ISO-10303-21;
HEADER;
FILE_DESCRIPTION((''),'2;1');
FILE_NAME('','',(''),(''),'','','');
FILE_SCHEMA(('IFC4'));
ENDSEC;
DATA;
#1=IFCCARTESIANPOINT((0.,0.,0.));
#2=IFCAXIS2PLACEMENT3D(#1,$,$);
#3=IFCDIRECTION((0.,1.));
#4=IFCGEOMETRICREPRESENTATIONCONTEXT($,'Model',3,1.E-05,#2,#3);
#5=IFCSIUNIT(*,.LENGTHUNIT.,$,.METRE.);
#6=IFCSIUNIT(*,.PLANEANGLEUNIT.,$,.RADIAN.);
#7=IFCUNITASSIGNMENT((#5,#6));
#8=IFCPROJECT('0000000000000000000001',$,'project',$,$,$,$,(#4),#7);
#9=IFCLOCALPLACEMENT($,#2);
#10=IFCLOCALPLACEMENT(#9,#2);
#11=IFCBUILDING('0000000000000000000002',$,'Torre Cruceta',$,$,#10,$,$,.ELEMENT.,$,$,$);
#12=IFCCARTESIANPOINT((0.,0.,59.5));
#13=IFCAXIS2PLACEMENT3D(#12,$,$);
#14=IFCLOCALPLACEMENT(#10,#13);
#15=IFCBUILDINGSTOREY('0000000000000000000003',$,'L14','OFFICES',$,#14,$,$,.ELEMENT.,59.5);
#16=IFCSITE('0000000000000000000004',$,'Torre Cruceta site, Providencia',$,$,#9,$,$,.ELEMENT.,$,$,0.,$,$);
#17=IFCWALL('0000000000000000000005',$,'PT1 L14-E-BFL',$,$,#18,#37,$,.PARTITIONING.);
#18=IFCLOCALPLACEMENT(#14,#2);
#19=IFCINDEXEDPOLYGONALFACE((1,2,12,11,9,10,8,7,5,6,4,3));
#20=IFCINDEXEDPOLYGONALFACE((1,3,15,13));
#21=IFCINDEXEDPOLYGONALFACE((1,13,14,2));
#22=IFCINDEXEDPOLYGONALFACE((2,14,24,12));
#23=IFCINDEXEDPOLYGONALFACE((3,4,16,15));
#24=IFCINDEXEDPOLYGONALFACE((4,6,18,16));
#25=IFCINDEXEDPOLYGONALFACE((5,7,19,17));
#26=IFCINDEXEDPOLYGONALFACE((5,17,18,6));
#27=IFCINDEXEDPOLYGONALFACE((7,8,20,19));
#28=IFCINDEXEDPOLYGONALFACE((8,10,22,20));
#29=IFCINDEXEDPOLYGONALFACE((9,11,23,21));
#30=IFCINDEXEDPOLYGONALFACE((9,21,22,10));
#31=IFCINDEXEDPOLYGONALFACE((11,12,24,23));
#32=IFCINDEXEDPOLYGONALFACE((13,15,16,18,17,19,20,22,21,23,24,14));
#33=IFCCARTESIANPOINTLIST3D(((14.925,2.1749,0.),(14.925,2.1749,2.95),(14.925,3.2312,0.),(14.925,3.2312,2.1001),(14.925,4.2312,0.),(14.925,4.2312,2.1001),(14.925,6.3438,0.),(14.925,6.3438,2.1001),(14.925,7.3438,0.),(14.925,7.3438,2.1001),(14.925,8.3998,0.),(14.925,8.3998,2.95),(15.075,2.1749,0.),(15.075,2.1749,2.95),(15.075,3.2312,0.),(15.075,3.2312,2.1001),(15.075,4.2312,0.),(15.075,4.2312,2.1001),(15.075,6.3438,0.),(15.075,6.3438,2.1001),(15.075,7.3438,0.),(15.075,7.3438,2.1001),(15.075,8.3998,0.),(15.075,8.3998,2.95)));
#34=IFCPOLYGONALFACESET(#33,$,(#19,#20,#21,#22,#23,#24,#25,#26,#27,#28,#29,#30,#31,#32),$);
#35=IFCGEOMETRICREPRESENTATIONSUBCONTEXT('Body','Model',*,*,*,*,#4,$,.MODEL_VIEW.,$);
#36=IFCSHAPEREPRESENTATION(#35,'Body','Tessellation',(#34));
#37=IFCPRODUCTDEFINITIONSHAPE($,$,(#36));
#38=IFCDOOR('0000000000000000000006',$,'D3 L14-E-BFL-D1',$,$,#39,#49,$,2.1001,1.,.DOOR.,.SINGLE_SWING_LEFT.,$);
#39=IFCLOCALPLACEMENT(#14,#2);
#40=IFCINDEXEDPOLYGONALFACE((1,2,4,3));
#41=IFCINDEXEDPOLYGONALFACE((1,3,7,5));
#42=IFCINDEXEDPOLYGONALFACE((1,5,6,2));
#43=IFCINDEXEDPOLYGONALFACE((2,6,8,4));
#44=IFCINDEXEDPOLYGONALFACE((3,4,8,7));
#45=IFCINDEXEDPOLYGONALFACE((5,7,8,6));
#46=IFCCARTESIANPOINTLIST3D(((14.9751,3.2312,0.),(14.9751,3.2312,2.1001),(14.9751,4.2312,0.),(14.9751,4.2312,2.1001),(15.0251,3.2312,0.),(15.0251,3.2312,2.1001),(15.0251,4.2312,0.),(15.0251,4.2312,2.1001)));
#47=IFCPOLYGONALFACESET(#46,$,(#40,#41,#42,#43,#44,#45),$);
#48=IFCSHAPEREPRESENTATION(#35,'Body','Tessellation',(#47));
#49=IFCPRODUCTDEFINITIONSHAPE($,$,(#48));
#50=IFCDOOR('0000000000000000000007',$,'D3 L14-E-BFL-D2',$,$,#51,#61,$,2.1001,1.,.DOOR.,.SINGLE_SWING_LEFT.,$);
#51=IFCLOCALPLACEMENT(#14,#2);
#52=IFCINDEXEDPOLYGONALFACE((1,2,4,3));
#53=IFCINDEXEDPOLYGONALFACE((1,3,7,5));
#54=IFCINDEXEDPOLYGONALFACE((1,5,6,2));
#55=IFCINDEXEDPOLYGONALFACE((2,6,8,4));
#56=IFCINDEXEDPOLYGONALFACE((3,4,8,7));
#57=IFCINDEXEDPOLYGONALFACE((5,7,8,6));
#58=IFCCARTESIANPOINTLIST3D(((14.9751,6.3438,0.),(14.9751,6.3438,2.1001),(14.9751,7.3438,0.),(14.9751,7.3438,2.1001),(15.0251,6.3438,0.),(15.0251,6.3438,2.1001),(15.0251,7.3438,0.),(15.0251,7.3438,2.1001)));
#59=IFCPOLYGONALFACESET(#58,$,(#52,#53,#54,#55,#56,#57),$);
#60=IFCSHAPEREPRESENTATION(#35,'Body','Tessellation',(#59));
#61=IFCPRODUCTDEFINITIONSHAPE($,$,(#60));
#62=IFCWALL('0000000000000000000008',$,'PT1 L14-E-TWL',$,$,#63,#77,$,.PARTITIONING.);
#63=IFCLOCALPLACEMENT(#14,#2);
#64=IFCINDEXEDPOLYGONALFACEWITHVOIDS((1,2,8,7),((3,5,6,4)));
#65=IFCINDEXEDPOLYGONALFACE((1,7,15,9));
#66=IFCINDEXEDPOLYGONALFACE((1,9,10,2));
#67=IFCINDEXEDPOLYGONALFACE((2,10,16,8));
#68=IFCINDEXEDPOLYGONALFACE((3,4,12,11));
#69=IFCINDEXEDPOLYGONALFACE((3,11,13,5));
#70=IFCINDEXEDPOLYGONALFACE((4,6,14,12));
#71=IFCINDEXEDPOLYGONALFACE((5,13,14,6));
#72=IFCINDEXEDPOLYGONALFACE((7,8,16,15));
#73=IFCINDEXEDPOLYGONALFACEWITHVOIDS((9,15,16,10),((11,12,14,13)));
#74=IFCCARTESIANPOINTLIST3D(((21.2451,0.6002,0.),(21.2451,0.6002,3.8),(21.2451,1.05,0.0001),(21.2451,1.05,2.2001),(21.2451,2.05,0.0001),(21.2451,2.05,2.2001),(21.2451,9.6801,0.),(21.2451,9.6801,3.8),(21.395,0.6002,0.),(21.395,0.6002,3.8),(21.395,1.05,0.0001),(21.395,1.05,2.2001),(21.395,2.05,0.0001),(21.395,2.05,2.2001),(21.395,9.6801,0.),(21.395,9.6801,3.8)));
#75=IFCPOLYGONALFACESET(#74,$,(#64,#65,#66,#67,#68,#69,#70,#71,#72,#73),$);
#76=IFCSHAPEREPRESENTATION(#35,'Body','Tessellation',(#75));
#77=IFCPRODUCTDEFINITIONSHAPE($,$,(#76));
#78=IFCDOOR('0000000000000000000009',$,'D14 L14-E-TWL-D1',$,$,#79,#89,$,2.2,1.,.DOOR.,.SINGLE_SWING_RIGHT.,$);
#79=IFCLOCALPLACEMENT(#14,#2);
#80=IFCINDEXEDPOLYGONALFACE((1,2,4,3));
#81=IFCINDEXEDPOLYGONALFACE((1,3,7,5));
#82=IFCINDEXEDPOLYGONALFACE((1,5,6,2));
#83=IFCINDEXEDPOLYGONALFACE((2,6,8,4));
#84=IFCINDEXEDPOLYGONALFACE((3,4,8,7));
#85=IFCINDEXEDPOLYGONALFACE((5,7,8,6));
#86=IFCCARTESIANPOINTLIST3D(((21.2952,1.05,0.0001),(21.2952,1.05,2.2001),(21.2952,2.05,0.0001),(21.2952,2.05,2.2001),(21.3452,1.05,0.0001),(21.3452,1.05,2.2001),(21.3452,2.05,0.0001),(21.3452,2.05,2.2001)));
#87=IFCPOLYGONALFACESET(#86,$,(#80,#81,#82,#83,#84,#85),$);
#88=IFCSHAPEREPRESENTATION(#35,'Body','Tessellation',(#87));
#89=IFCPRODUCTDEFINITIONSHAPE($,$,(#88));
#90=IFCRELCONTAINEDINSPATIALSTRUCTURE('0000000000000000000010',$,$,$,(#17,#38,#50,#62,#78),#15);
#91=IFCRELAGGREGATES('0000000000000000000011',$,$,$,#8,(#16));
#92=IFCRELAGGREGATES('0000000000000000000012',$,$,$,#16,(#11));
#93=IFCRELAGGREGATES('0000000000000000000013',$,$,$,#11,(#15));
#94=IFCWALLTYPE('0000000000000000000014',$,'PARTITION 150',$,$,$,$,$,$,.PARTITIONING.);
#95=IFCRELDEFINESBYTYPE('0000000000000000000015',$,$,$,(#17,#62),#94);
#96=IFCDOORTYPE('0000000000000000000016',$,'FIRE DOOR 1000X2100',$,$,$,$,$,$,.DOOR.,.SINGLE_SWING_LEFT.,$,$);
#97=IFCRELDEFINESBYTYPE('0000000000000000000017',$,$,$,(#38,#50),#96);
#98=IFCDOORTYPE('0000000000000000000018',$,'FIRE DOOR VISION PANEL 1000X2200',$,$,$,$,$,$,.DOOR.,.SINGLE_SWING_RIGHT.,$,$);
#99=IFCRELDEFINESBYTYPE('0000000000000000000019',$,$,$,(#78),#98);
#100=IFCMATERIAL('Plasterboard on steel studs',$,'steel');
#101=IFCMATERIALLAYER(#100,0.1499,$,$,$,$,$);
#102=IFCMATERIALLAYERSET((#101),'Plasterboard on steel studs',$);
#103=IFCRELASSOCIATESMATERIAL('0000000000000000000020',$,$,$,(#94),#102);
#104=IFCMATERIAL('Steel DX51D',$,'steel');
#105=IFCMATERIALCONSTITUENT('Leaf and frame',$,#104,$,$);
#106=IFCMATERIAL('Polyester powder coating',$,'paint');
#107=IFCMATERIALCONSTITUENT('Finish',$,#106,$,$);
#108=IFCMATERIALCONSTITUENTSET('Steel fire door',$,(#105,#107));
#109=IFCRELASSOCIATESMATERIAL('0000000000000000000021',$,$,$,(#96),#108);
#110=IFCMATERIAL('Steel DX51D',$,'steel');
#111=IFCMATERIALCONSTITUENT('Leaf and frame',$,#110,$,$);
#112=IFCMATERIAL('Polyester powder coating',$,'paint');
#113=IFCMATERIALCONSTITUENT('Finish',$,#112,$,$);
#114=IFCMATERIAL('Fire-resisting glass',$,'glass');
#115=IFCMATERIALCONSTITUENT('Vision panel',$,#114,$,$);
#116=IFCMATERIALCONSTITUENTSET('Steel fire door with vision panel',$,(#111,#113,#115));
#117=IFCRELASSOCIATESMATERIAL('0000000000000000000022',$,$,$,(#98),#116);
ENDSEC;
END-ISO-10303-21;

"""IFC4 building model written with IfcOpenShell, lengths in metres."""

from ifc_helpers import new_model, si_unit, direction, frame, frame_2d, origin, place, context, subcontext, project, spatial, rectangle, extrude, material, layer, layer_set, constituent, constituent_set, type_object, element, fill, save


model = new_model("IFC4")

# Units and contexts
model_context = context("Model", 3, precision=1e-05, world=origin(), true_north=direction((0.0, 1.0)))
body_context = subcontext(model_context, "Body", "Model", "MODEL_VIEW")
ifc_project = project(units=[si_unit("LENGTHUNIT", "METRE"), si_unit("PLANEANGLEUNIT", "RADIAN")], contexts=[model_context])

# Site, building, storey
site_placement = place(None, origin())
site = spatial("IfcSite", under=ifc_project, at=site_placement, Name="Torre Cruceta site, Providencia", CompositionType="ELEMENT", RefElevation=0.0)
building_placement = place(site_placement, origin())
building = spatial("IfcBuilding", under=site, at=building_placement, Name="Torre Cruceta", CompositionType="ELEMENT")
storey_placement = place(building_placement, frame((0.0, 0.0, 59.5)))
storey = spatial("IfcBuildingStorey", under=building, at=storey_placement, Name="L14", Description="OFFICES", CompositionType="ELEMENT", Elevation=59.5)

# Wall, openings, doors
ifc_material_1 = material(Name="Plasterboard on steel studs", Category="steel")
ifc_layer_1 = layer(ifc_material_1, 0.1499)
ifc_layer_set_1 = layer_set([ifc_layer_1], Name="Plasterboard on steel studs")
wall_type_1 = type_object("IfcWallType", Name="PARTITION 150", PredefinedType="PARTITIONING", material=ifc_layer_set_1)
wall_1_placement = place(storey_placement, frame((15.0, 2.175, 0.0), z_axis=(0.0, 0.0, 1.0), x_axis=(0.0, 1.0, 0.0)))
wall_1 = element("IfcWall", 1, at=wall_1_placement, inside=storey, type_object=wall_type_1, Name="PT1 L14-E-BFL", PredefinedType="PARTITIONING", context=body_context, shape_type="SweptSolid", body=[
    extrude(rectangle(XDim=6.2249, YDim=0.1499, at=frame_2d((3.1123, 0.0))), origin(), (0.0, 0.0, 1.0), 2.95),
])
opening_1_placement = place(wall_1_placement, frame((1.0562, 0.0, 0.0)))
opening_1 = element("IfcOpeningElement", 2, at=opening_1_placement, cuts=wall_1, PredefinedType="OPENING", context=body_context, shape_type="SweptSolid", body=[
    extrude(rectangle(XDim=1.0, YDim=2.1001, at=frame_2d((0.5, 1.05))), frame((0.0, 0.085, 0.0), z_axis=(0.0, -1.0, 0.0), x_axis=(1.0, 0.0, 0.0)), (0.0, 0.0, 1.0), 0.1699),
])
opening_2_placement = place(wall_1_placement, frame((4.1687, 0.0, 0.0)))
opening_2 = element("IfcOpeningElement", 3, at=opening_2_placement, cuts=wall_1, PredefinedType="OPENING", context=body_context, shape_type="SweptSolid", body=[
    extrude(rectangle(XDim=1.0, YDim=2.1001, at=frame_2d((0.5, 1.05))), frame((0.0, 0.085, 0.0), z_axis=(0.0, -1.0, 0.0), x_axis=(1.0, 0.0, 0.0)), (0.0, 0.0, 1.0), 0.1699),
])
ifc_material_2 = material(Name="Steel DX51D", Category="steel")
ifc_constituent_1 = constituent(ifc_material_2, Name="Leaf and frame")
ifc_material_3 = material(Name="Polyester powder coating", Category="paint")
ifc_constituent_2 = constituent(ifc_material_3, Name="Finish")
ifc_constituent_set_1 = constituent_set(constituents=[ifc_constituent_1, ifc_constituent_2], Name="Steel fire door")
door_type_1 = type_object("IfcDoorType", Name="FIRE DOOR 1000X2100", OperationType="SINGLE_SWING_LEFT", PredefinedType="DOOR", material=ifc_constituent_set_1)
door_1_placement = place(opening_1_placement, origin())
door_1 = element("IfcDoor", 4, at=door_1_placement, inside=storey, type_object=door_type_1, Name="D3 L14-E-BFL-D1", OperationType="SINGLE_SWING_LEFT", OverallHeight=2.1001, OverallWidth=1.0, PredefinedType="DOOR", context=body_context, shape_type="SweptSolid", body=[
    extrude(rectangle(XDim=1.0, YDim=2.1001, at=frame_2d((0.5, 1.05))), frame((0.0, 0.0249, 0.0), z_axis=(0.0, -1.0, 0.0), x_axis=(1.0, 0.0, 0.0)), (0.0, 0.0, 1.0), 0.05),
])
fill(opening_1, door_1)
door_2_placement = place(opening_2_placement, origin())
door_2 = element("IfcDoor", 5, at=door_2_placement, inside=storey, type_object=door_type_1, Name="D3 L14-E-BFL-D2", OperationType="SINGLE_SWING_LEFT", OverallHeight=2.1001, OverallWidth=1.0, PredefinedType="DOOR", context=body_context, shape_type="SweptSolid", body=[
    extrude(rectangle(XDim=1.0, YDim=2.1001, at=frame_2d((0.5, 1.05))), frame((0.0, 0.0249, 0.0), z_axis=(0.0, -1.0, 0.0), x_axis=(1.0, 0.0, 0.0)), (0.0, 0.0, 1.0), 0.05),
])
fill(opening_2, door_2)

# Wall, opening, door
wall_2_placement = place(storey_placement, frame((21.3201, 0.6001, 0.0), z_axis=(0.0, 0.0, 1.0), x_axis=(0.0, 1.0, 0.0)))
wall_2 = element("IfcWall", 6, at=wall_2_placement, inside=storey, type_object=wall_type_1, Name="PT1 L14-E-TWL", PredefinedType="PARTITIONING", context=body_context, shape_type="SweptSolid", body=[
    extrude(rectangle(XDim=9.0798, YDim=0.1499, at=frame_2d((4.54, 0.0))), origin(), (0.0, 0.0, 1.0), 3.8),
])
opening_3_placement = place(wall_2_placement, frame((0.45, 0.0, 0.0)))
opening_3 = element("IfcOpeningElement", 7, at=opening_3_placement, cuts=wall_2, PredefinedType="OPENING", context=body_context, shape_type="SweptSolid", body=[
    extrude(rectangle(XDim=1.0, YDim=2.2, at=frame_2d((0.5, 1.1001))), frame((0.0, 0.085, 0.0), z_axis=(0.0, -1.0, 0.0), x_axis=(1.0, 0.0, 0.0)), (0.0, 0.0, 1.0), 0.1699),
])
ifc_material_4 = material(Name="Steel DX51D", Category="steel")
ifc_constituent_3 = constituent(ifc_material_4, Name="Leaf and frame")
ifc_material_5 = material(Name="Polyester powder coating", Category="paint")
ifc_constituent_4 = constituent(ifc_material_5, Name="Finish")
ifc_material_6 = material(Name="Fire-resisting glass", Category="glass")
ifc_constituent_5 = constituent(ifc_material_6, Name="Vision panel")
ifc_constituent_set_2 = constituent_set(constituents=[ifc_constituent_3, ifc_constituent_4, ifc_constituent_5], Name="Steel fire door with vision panel")
door_type_2 = type_object("IfcDoorType", Name="FIRE DOOR VISION PANEL 1000X2200", OperationType="SINGLE_SWING_RIGHT", PredefinedType="DOOR", material=ifc_constituent_set_2)
door_3_placement = place(opening_3_placement, frame((1.0, 0.0, 0.0), z_axis=(0.0, 0.0, 1.0), x_axis=(-1.0, 0.0, 0.0)))
door_3 = element("IfcDoor", 8, at=door_3_placement, inside=storey, type_object=door_type_2, Name="D14 L14-E-TWL-D1", OperationType="SINGLE_SWING_RIGHT", OverallHeight=2.2, OverallWidth=1.0, PredefinedType="DOOR", context=body_context, shape_type="SweptSolid", body=[
    extrude(rectangle(XDim=1.0, YDim=2.2, at=frame_2d((0.5, 1.1001))), frame((0.0, 0.0251, 0.0), z_axis=(0.0, -1.0, 0.0), x_axis=(1.0, 0.0, 0.0)), (0.0, 0.0, 1.0), 0.05),
])
fill(opening_3, door_3)

save(model, "model.ifc")
